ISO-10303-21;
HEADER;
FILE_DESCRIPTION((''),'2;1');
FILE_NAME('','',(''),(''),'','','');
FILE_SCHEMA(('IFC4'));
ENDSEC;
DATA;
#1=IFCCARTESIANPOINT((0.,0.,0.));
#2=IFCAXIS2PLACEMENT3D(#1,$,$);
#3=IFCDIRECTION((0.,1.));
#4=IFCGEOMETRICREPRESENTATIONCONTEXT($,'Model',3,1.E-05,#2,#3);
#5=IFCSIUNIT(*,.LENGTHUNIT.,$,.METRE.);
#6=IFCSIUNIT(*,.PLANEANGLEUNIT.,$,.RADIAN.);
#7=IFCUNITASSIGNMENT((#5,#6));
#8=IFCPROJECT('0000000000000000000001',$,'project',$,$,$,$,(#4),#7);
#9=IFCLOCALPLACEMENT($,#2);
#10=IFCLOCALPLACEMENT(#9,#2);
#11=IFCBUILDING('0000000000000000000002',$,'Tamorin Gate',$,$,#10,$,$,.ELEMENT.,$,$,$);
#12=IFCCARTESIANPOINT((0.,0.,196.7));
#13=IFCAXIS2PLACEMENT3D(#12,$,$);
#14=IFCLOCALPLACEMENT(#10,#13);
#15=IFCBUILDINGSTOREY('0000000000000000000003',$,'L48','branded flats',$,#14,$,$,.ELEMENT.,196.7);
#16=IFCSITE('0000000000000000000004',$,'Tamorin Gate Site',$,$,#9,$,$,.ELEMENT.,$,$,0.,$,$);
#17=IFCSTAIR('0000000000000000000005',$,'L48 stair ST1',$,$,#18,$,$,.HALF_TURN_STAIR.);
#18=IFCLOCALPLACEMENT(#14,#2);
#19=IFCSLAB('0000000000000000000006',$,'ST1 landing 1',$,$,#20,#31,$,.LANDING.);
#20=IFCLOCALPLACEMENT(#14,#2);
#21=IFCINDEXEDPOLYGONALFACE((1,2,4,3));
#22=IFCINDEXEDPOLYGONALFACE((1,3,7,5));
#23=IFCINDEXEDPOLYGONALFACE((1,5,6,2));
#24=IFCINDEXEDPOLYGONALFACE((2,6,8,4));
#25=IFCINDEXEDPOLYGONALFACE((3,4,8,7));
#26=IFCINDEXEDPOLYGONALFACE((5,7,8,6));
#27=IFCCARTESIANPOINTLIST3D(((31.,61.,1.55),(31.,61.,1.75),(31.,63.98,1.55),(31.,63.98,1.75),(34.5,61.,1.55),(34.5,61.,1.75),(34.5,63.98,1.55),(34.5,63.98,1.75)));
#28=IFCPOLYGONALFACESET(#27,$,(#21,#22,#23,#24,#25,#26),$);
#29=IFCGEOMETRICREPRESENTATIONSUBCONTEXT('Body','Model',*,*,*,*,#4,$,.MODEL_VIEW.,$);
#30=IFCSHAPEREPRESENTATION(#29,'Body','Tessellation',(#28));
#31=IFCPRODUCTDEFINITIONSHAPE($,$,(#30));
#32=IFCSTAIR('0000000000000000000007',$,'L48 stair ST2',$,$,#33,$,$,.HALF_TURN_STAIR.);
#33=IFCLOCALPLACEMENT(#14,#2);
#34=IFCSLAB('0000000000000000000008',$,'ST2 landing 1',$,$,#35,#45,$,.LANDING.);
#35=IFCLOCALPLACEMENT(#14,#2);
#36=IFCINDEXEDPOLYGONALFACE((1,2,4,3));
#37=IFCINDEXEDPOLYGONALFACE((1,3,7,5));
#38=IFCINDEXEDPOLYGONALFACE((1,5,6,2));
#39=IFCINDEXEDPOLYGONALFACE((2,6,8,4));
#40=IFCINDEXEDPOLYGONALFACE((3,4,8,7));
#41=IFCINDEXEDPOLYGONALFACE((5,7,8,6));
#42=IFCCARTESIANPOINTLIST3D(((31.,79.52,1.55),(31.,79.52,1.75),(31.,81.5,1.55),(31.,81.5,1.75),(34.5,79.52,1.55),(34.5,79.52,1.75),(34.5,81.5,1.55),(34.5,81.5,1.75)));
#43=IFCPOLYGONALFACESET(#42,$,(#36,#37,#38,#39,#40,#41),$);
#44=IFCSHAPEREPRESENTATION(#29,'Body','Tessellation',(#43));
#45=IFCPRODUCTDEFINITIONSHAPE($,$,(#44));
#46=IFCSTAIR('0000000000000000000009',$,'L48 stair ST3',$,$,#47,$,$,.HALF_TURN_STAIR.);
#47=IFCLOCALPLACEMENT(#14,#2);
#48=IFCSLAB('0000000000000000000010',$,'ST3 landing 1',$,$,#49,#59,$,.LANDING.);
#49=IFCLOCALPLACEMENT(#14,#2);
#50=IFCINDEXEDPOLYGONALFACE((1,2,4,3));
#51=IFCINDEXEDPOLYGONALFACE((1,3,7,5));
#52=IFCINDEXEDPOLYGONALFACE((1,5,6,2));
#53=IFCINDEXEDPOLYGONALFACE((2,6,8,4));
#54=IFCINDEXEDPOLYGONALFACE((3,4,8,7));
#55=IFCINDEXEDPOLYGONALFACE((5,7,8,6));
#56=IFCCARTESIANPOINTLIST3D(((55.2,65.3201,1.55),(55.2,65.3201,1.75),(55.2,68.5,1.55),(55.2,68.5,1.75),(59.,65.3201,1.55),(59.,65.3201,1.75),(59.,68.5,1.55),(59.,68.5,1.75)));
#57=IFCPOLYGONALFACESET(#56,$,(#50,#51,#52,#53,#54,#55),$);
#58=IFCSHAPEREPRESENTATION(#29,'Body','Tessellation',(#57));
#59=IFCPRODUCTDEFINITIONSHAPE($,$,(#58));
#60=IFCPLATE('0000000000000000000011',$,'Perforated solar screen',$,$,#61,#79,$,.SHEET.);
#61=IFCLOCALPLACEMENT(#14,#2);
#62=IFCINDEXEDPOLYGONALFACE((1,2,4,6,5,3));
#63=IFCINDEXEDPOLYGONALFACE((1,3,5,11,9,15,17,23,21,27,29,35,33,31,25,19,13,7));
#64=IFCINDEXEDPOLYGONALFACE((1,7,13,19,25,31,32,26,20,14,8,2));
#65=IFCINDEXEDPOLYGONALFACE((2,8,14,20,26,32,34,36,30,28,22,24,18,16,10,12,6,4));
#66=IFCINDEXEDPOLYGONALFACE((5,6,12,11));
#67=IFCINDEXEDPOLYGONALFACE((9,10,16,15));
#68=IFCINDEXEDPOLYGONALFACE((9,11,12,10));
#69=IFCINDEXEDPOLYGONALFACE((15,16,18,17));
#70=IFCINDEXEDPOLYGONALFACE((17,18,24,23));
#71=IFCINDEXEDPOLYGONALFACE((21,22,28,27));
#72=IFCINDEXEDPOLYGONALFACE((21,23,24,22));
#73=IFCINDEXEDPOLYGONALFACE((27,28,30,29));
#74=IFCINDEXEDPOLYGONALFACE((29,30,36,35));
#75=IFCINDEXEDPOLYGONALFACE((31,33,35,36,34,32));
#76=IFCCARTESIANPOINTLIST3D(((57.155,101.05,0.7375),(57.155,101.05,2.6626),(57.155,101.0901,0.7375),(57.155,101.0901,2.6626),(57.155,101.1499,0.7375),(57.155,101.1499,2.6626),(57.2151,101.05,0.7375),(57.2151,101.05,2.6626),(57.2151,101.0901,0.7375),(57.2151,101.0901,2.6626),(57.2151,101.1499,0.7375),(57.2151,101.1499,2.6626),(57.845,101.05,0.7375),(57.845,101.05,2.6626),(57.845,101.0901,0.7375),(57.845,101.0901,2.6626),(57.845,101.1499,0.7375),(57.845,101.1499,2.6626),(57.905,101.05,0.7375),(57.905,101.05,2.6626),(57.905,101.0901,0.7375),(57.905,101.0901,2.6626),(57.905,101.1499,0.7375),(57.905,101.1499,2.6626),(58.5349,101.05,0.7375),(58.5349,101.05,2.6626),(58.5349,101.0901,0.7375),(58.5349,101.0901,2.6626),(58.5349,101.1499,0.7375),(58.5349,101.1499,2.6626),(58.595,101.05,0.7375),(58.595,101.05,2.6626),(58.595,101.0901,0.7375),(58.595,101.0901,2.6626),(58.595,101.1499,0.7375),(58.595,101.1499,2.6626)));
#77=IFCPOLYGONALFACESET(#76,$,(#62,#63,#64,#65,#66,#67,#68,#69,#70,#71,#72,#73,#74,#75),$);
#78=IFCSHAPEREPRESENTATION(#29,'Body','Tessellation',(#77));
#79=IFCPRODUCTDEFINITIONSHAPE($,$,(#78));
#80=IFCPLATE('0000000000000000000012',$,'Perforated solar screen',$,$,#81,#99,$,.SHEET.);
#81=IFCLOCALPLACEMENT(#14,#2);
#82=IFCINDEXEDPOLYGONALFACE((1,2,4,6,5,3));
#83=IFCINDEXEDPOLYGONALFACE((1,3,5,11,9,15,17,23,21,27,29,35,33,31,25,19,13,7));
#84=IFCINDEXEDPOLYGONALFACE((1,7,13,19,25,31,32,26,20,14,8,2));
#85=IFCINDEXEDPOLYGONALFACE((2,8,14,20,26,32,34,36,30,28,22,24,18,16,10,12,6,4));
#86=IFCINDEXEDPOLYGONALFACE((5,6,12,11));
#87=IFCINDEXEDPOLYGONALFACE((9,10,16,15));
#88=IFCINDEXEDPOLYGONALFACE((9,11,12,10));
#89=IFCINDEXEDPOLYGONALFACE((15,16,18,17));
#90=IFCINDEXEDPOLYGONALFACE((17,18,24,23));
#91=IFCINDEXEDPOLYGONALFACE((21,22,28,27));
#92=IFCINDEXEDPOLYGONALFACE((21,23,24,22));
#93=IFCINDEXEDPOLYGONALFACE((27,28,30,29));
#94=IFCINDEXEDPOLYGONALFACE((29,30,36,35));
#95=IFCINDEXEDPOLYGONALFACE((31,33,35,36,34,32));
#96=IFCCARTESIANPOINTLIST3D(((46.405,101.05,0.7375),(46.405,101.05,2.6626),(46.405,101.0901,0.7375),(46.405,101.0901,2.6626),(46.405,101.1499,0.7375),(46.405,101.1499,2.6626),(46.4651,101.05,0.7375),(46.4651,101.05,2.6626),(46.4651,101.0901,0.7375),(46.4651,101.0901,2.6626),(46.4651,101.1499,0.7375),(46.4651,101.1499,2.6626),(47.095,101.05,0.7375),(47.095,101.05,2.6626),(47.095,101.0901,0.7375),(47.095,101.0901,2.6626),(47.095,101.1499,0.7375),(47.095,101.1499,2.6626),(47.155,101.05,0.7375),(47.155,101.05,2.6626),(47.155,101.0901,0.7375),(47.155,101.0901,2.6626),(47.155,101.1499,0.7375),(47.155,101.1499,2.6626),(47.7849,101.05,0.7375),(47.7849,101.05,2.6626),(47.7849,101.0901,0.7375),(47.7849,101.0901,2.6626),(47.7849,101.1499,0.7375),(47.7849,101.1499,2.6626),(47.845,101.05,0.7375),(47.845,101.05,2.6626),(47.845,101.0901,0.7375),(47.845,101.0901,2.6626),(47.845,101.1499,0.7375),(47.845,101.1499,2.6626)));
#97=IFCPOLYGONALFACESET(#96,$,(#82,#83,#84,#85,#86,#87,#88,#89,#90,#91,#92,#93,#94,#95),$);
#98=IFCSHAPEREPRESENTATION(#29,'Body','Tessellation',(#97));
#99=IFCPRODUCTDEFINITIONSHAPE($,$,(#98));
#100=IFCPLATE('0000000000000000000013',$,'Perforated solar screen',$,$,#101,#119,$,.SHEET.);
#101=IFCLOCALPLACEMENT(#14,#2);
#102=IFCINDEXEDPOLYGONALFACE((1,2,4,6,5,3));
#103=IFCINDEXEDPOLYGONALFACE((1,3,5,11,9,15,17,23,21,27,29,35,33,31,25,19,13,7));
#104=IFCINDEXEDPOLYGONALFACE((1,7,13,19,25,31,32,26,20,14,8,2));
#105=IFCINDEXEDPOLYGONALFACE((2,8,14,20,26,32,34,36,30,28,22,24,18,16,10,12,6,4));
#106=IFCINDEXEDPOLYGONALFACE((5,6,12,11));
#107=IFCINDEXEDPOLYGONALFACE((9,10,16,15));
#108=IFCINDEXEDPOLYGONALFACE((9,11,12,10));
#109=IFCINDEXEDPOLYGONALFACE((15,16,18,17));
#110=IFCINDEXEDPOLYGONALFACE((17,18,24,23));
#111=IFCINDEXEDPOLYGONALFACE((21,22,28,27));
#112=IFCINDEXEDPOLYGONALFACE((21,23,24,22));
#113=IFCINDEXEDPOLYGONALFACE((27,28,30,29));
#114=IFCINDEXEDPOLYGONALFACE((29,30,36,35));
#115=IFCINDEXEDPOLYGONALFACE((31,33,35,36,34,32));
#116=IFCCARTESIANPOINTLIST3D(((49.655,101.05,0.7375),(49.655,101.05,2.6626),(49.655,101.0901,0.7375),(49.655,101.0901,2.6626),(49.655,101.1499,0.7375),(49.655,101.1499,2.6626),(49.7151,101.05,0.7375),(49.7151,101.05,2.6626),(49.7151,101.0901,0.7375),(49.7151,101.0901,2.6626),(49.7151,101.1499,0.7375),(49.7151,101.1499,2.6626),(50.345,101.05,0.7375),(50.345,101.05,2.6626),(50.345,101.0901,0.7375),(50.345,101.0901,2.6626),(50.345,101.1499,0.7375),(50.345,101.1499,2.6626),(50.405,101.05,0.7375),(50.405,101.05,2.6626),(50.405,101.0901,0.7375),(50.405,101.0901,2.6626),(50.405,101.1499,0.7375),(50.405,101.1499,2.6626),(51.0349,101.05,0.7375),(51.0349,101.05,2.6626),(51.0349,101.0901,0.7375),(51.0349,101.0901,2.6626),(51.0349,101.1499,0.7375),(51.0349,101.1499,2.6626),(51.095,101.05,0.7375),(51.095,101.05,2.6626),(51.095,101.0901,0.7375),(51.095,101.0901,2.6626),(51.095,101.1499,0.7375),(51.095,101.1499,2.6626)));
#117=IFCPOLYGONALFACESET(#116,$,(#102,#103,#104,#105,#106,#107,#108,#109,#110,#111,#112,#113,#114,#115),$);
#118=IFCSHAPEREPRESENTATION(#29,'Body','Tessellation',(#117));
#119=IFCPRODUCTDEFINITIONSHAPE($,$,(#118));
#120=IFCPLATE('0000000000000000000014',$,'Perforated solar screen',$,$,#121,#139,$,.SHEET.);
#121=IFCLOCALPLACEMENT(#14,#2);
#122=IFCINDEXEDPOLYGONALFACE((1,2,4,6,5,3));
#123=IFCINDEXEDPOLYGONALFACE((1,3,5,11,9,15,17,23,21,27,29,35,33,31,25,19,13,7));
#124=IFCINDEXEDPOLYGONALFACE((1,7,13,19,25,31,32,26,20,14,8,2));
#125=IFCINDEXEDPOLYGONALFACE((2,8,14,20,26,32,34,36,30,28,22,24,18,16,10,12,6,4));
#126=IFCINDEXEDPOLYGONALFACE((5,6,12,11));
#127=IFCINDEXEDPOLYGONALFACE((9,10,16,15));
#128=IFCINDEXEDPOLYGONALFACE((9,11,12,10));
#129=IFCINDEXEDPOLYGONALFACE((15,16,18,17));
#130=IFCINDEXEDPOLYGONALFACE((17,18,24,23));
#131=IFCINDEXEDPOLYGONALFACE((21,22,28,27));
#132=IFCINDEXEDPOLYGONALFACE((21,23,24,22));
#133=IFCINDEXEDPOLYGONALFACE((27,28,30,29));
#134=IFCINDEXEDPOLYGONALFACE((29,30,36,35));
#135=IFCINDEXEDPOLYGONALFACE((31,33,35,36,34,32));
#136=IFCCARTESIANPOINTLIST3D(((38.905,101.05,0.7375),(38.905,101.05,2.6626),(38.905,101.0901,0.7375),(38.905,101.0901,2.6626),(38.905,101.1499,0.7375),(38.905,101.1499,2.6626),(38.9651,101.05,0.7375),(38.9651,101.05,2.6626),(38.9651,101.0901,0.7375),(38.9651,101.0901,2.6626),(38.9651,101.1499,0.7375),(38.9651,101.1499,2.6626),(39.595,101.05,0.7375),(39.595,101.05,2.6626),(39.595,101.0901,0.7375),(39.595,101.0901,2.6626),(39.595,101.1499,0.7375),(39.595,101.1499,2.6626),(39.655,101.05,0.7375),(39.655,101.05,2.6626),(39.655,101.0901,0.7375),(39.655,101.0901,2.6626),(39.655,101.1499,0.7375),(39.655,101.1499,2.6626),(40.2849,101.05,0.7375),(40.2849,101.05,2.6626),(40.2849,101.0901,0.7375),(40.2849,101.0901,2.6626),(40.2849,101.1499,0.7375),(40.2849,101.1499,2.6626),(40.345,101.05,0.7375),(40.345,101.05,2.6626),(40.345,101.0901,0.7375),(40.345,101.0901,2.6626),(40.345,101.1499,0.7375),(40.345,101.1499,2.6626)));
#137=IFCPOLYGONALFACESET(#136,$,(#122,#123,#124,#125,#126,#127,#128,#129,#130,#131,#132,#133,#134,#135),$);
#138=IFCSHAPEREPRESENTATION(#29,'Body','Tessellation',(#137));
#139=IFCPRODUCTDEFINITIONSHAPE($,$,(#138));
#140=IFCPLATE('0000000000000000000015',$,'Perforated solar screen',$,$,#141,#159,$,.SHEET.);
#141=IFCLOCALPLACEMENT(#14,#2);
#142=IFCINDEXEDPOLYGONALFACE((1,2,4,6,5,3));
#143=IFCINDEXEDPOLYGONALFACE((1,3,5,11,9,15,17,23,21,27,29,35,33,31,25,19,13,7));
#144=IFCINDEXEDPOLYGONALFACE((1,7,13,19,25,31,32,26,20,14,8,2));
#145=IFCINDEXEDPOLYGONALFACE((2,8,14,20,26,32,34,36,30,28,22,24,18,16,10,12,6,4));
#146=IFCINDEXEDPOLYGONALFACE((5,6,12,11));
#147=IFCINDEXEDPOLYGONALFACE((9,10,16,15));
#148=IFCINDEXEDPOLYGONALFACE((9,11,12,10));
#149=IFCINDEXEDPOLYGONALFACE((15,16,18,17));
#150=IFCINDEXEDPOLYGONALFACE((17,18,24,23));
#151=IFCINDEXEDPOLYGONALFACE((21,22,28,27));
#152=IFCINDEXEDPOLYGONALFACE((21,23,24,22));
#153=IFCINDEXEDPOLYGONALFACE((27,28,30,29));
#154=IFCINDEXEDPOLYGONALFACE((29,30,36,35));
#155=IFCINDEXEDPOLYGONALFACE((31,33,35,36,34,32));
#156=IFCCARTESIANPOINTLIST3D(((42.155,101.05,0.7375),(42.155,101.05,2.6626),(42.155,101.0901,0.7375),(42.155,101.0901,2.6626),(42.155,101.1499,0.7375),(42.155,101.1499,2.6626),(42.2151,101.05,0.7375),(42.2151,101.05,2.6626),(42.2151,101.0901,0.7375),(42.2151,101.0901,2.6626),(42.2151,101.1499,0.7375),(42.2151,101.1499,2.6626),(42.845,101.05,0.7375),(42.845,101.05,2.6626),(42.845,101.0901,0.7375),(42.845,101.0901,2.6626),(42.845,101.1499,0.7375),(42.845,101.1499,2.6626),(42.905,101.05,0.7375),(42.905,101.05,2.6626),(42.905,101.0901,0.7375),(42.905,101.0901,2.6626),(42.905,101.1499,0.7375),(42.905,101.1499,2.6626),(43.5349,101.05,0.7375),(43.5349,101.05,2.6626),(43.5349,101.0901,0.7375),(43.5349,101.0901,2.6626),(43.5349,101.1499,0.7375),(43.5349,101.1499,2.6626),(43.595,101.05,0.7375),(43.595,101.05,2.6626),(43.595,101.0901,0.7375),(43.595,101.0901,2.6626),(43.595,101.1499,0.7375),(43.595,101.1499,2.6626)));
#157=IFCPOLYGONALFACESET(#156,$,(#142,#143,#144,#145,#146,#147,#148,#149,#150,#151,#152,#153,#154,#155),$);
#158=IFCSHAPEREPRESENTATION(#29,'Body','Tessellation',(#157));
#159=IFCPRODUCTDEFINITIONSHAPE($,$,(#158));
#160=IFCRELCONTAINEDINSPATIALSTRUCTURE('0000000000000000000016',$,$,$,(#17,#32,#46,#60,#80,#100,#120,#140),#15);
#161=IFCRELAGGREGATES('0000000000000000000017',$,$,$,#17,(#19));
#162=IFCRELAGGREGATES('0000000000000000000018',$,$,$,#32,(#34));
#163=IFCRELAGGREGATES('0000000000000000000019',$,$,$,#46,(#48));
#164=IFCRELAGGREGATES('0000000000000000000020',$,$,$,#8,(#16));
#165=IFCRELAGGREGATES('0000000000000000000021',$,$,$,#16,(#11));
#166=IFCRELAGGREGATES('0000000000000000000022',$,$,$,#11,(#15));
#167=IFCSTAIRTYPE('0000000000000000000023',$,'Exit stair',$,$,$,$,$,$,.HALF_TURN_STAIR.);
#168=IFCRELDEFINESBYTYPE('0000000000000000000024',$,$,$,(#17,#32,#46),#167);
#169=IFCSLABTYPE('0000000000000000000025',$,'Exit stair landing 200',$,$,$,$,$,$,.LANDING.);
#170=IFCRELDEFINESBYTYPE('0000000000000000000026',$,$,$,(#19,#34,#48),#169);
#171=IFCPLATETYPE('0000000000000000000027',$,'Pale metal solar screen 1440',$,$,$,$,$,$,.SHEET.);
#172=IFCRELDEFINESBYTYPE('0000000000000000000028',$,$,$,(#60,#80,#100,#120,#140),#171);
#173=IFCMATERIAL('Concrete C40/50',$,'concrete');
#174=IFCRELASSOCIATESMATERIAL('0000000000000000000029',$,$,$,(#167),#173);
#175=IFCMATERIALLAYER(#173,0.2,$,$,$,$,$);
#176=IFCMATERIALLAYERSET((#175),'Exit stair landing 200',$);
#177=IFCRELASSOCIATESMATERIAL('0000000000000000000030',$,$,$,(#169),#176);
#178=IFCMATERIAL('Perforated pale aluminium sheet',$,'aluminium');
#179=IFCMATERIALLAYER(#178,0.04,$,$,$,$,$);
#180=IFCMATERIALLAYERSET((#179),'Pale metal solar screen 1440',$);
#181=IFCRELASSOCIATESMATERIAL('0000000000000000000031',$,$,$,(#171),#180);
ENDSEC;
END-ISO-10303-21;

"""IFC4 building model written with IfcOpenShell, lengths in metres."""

from ifc_helpers import new_model, si_unit, direction, frame, origin, place, context, subcontext, project, spatial, polyline, outline, extrude, material, layer, layer_set, type_object, element, aggregate, save


model = new_model("IFC4")

# Units and contexts
model_context = context("Model", 3, precision=1e-05, world=origin(), true_north=direction((0.0, 1.0)))
body_context = subcontext(model_context, "Body", "Model", "MODEL_VIEW")
ifc_project = project(units=[si_unit("LENGTHUNIT", "METRE"), si_unit("PLANEANGLEUNIT", "RADIAN")], contexts=[model_context])

# Site, building, storey
site_placement = place(None, origin())
site = spatial("IfcSite", under=ifc_project, at=site_placement, Name="Tamorin Gate Site", CompositionType="ELEMENT", RefElevation=0.0)
building_placement = place(site_placement, origin())
building = spatial("IfcBuilding", under=site, at=building_placement, Name="Tamorin Gate", CompositionType="ELEMENT")
storey_placement = place(building_placement, frame((0.0, 0.0, 196.7)))
storey = spatial("IfcBuildingStorey", under=building, at=storey_placement, Name="L48", Description="branded flats", CompositionType="ELEMENT", Elevation=196.7)

# Stairs, slabs
ifc_material_1 = material(Name="Concrete C40/50", Category="concrete")
stair_type = type_object("IfcStairType", Name="Exit stair", PredefinedType="HALF_TURN_STAIR", material=ifc_material_1)
stair_1_placement = place(storey_placement, origin())
stair_1 = element("IfcStair", 1, at=stair_1_placement, inside=storey, type_object=stair_type, Name="L48 stair ST1", PredefinedType="HALF_TURN_STAIR")
ifc_layer_1 = layer(ifc_material_1, 0.2)
ifc_layer_set_1 = layer_set([ifc_layer_1], Name="Exit stair landing 200")
slab_type = type_object("IfcSlabType", Name="Exit stair landing 200", PredefinedType="LANDING", material=ifc_layer_set_1)
slab_1_placement = place(storey_placement, frame((0.0, 0.0, 1.55)))
slab_1 = element("IfcSlab", 2, at=slab_1_placement, type_object=slab_type, Name="ST1 landing 1", PredefinedType="LANDING", context=body_context, shape_type="SweptSolid", body=[
    extrude(outline(polyline([(31.0, 63.98), (31.0, 61.0), (34.5, 61.0), (34.5, 63.98), (31.0, 63.98)])), origin(), (0.0, 0.0, 1.0), 0.2),
])
aggregate(stair_1, [slab_1])
stair_2_placement = place(storey_placement, origin())
stair_2 = element("IfcStair", 3, at=stair_2_placement, inside=storey, type_object=stair_type, Name="L48 stair ST2", PredefinedType="HALF_TURN_STAIR")
slab_2_placement = place(storey_placement, frame((0.0, 0.0, 1.55)))
slab_2 = element("IfcSlab", 4, at=slab_2_placement, type_object=slab_type, Name="ST2 landing 1", PredefinedType="LANDING", context=body_context, shape_type="SweptSolid", body=[
    extrude(outline(polyline([(34.5, 79.52), (34.5, 81.5), (31.0, 81.5), (31.0, 79.52), (34.5, 79.52)])), origin(), (0.0, 0.0, 1.0), 0.2),
])
aggregate(stair_2, [slab_2])
stair_3_placement = place(storey_placement, origin())
stair_3 = element("IfcStair", 5, at=stair_3_placement, inside=storey, type_object=stair_type, Name="L48 stair ST3", PredefinedType="HALF_TURN_STAIR")
slab_3_placement = place(storey_placement, frame((0.0, 0.0, 1.55)))
slab_3 = element("IfcSlab", 6, at=slab_3_placement, type_object=slab_type, Name="ST3 landing 1", PredefinedType="LANDING", context=body_context, shape_type="SweptSolid", body=[
    extrude(outline(polyline([(59.0, 65.3201), (59.0, 68.5), (55.2, 68.5), (55.2, 65.3201), (59.0, 65.3201)])), origin(), (0.0, 0.0, 1.0), 0.2),
])
aggregate(stair_3, [slab_3])

# Plates
ifc_material_2 = material(Name="Perforated pale aluminium sheet", Category="aluminium")
ifc_layer_2 = layer(ifc_material_2, 0.04)
ifc_layer_set_2 = layer_set([ifc_layer_2], Name="Pale metal solar screen 1440")
plate_type_1 = type_object("IfcPlateType", Name="Pale metal solar screen 1440", PredefinedType="SHEET", material=ifc_layer_set_2)
plate_1_placement = place(storey_placement, frame((0.0, 0.0, 0.7375)))
element("IfcPlate", 7, at=plate_1_placement, inside=storey, type_object=plate_type_1, Name="Perforated solar screen", PredefinedType="SHEET", context=body_context, shape_type="SweptSolid", body=[
    extrude(outline(polyline([(58.595, 101.0901), (58.595, 101.05), (58.5349, 101.05), (57.905, 101.05), (57.845, 101.05), (57.2151, 101.05), (57.155, 101.05), (57.155, 101.0901), (57.155, 101.1499), (57.2151, 101.1499), (57.2151, 101.0901), (57.845, 101.0901), (57.845, 101.1499), (57.905, 101.1499), (57.905, 101.0901), (58.5349, 101.0901), (58.5349, 101.1499), (58.595, 101.1499), (58.595, 101.0901)])), origin(), (0.0, 0.0, 1.0), 1.925),
])
plate_2_placement = place(storey_placement, frame((0.0, 0.0, 0.7375)))
element("IfcPlate", 8, at=plate_2_placement, inside=storey, type_object=plate_type_1, Name="Perforated solar screen", PredefinedType="SHEET", context=body_context, shape_type="SweptSolid", body=[
    extrude(outline(polyline([(47.845, 101.0901), (47.845, 101.05), (47.7849, 101.05), (47.155, 101.05), (47.095, 101.05), (46.4651, 101.05), (46.405, 101.05), (46.405, 101.0901), (46.405, 101.1499), (46.4651, 101.1499), (46.4651, 101.0901), (47.095, 101.0901), (47.095, 101.1499), (47.155, 101.1499), (47.155, 101.0901), (47.7849, 101.0901), (47.7849, 101.1499), (47.845, 101.1499), (47.845, 101.0901)])), origin(), (0.0, 0.0, 1.0), 1.925),
])
plate_3_placement = place(storey_placement, frame((0.0, 0.0, 0.7375)))
element("IfcPlate", 9, at=plate_3_placement, inside=storey, type_object=plate_type_1, Name="Perforated solar screen", PredefinedType="SHEET", context=body_context, shape_type="SweptSolid", body=[
    extrude(outline(polyline([(51.095, 101.0901), (51.095, 101.05), (51.0349, 101.05), (50.405, 101.05), (50.345, 101.05), (49.7151, 101.05), (49.655, 101.05), (49.655, 101.0901), (49.655, 101.1499), (49.7151, 101.1499), (49.7151, 101.0901), (50.345, 101.0901), (50.345, 101.1499), (50.405, 101.1499), (50.405, 101.0901), (51.0349, 101.0901), (51.0349, 101.1499), (51.095, 101.1499), (51.095, 101.0901)])), origin(), (0.0, 0.0, 1.0), 1.925),
])
plate_4_placement = place(storey_placement, frame((0.0, 0.0, 0.7375)))
element("IfcPlate", 10, at=plate_4_placement, inside=storey, type_object=plate_type_1, Name="Perforated solar screen", PredefinedType="SHEET", context=body_context, shape_type="SweptSolid", body=[
    extrude(outline(polyline([(40.345, 101.0901), (40.345, 101.05), (40.2849, 101.05), (39.655, 101.05), (39.595, 101.05), (38.9651, 101.05), (38.905, 101.05), (38.905, 101.0901), (38.905, 101.1499), (38.9651, 101.1499), (38.9651, 101.0901), (39.595, 101.0901), (39.595, 101.1499), (39.655, 101.1499), (39.655, 101.0901), (40.2849, 101.0901), (40.2849, 101.1499), (40.345, 101.1499), (40.345, 101.0901)])), origin(), (0.0, 0.0, 1.0), 1.925),
])
plate_5_placement = place(storey_placement, frame((0.0, 0.0, 0.7375)))
element("IfcPlate", 11, at=plate_5_placement, inside=storey, type_object=plate_type_1, Name="Perforated solar screen", PredefinedType="SHEET", context=body_context, shape_type="SweptSolid", body=[
    extrude(outline(polyline([(43.595, 101.0901), (43.595, 101.05), (43.5349, 101.05), (42.905, 101.05), (42.845, 101.05), (42.2151, 101.05), (42.155, 101.05), (42.155, 101.0901), (42.155, 101.1499), (42.2151, 101.1499), (42.2151, 101.0901), (42.845, 101.0901), (42.845, 101.1499), (42.905, 101.1499), (42.905, 101.0901), (43.5349, 101.0901), (43.5349, 101.1499), (43.595, 101.1499), (43.595, 101.0901)])), origin(), (0.0, 0.0, 1.0), 1.925),
])

save(model, "model.ifc")
